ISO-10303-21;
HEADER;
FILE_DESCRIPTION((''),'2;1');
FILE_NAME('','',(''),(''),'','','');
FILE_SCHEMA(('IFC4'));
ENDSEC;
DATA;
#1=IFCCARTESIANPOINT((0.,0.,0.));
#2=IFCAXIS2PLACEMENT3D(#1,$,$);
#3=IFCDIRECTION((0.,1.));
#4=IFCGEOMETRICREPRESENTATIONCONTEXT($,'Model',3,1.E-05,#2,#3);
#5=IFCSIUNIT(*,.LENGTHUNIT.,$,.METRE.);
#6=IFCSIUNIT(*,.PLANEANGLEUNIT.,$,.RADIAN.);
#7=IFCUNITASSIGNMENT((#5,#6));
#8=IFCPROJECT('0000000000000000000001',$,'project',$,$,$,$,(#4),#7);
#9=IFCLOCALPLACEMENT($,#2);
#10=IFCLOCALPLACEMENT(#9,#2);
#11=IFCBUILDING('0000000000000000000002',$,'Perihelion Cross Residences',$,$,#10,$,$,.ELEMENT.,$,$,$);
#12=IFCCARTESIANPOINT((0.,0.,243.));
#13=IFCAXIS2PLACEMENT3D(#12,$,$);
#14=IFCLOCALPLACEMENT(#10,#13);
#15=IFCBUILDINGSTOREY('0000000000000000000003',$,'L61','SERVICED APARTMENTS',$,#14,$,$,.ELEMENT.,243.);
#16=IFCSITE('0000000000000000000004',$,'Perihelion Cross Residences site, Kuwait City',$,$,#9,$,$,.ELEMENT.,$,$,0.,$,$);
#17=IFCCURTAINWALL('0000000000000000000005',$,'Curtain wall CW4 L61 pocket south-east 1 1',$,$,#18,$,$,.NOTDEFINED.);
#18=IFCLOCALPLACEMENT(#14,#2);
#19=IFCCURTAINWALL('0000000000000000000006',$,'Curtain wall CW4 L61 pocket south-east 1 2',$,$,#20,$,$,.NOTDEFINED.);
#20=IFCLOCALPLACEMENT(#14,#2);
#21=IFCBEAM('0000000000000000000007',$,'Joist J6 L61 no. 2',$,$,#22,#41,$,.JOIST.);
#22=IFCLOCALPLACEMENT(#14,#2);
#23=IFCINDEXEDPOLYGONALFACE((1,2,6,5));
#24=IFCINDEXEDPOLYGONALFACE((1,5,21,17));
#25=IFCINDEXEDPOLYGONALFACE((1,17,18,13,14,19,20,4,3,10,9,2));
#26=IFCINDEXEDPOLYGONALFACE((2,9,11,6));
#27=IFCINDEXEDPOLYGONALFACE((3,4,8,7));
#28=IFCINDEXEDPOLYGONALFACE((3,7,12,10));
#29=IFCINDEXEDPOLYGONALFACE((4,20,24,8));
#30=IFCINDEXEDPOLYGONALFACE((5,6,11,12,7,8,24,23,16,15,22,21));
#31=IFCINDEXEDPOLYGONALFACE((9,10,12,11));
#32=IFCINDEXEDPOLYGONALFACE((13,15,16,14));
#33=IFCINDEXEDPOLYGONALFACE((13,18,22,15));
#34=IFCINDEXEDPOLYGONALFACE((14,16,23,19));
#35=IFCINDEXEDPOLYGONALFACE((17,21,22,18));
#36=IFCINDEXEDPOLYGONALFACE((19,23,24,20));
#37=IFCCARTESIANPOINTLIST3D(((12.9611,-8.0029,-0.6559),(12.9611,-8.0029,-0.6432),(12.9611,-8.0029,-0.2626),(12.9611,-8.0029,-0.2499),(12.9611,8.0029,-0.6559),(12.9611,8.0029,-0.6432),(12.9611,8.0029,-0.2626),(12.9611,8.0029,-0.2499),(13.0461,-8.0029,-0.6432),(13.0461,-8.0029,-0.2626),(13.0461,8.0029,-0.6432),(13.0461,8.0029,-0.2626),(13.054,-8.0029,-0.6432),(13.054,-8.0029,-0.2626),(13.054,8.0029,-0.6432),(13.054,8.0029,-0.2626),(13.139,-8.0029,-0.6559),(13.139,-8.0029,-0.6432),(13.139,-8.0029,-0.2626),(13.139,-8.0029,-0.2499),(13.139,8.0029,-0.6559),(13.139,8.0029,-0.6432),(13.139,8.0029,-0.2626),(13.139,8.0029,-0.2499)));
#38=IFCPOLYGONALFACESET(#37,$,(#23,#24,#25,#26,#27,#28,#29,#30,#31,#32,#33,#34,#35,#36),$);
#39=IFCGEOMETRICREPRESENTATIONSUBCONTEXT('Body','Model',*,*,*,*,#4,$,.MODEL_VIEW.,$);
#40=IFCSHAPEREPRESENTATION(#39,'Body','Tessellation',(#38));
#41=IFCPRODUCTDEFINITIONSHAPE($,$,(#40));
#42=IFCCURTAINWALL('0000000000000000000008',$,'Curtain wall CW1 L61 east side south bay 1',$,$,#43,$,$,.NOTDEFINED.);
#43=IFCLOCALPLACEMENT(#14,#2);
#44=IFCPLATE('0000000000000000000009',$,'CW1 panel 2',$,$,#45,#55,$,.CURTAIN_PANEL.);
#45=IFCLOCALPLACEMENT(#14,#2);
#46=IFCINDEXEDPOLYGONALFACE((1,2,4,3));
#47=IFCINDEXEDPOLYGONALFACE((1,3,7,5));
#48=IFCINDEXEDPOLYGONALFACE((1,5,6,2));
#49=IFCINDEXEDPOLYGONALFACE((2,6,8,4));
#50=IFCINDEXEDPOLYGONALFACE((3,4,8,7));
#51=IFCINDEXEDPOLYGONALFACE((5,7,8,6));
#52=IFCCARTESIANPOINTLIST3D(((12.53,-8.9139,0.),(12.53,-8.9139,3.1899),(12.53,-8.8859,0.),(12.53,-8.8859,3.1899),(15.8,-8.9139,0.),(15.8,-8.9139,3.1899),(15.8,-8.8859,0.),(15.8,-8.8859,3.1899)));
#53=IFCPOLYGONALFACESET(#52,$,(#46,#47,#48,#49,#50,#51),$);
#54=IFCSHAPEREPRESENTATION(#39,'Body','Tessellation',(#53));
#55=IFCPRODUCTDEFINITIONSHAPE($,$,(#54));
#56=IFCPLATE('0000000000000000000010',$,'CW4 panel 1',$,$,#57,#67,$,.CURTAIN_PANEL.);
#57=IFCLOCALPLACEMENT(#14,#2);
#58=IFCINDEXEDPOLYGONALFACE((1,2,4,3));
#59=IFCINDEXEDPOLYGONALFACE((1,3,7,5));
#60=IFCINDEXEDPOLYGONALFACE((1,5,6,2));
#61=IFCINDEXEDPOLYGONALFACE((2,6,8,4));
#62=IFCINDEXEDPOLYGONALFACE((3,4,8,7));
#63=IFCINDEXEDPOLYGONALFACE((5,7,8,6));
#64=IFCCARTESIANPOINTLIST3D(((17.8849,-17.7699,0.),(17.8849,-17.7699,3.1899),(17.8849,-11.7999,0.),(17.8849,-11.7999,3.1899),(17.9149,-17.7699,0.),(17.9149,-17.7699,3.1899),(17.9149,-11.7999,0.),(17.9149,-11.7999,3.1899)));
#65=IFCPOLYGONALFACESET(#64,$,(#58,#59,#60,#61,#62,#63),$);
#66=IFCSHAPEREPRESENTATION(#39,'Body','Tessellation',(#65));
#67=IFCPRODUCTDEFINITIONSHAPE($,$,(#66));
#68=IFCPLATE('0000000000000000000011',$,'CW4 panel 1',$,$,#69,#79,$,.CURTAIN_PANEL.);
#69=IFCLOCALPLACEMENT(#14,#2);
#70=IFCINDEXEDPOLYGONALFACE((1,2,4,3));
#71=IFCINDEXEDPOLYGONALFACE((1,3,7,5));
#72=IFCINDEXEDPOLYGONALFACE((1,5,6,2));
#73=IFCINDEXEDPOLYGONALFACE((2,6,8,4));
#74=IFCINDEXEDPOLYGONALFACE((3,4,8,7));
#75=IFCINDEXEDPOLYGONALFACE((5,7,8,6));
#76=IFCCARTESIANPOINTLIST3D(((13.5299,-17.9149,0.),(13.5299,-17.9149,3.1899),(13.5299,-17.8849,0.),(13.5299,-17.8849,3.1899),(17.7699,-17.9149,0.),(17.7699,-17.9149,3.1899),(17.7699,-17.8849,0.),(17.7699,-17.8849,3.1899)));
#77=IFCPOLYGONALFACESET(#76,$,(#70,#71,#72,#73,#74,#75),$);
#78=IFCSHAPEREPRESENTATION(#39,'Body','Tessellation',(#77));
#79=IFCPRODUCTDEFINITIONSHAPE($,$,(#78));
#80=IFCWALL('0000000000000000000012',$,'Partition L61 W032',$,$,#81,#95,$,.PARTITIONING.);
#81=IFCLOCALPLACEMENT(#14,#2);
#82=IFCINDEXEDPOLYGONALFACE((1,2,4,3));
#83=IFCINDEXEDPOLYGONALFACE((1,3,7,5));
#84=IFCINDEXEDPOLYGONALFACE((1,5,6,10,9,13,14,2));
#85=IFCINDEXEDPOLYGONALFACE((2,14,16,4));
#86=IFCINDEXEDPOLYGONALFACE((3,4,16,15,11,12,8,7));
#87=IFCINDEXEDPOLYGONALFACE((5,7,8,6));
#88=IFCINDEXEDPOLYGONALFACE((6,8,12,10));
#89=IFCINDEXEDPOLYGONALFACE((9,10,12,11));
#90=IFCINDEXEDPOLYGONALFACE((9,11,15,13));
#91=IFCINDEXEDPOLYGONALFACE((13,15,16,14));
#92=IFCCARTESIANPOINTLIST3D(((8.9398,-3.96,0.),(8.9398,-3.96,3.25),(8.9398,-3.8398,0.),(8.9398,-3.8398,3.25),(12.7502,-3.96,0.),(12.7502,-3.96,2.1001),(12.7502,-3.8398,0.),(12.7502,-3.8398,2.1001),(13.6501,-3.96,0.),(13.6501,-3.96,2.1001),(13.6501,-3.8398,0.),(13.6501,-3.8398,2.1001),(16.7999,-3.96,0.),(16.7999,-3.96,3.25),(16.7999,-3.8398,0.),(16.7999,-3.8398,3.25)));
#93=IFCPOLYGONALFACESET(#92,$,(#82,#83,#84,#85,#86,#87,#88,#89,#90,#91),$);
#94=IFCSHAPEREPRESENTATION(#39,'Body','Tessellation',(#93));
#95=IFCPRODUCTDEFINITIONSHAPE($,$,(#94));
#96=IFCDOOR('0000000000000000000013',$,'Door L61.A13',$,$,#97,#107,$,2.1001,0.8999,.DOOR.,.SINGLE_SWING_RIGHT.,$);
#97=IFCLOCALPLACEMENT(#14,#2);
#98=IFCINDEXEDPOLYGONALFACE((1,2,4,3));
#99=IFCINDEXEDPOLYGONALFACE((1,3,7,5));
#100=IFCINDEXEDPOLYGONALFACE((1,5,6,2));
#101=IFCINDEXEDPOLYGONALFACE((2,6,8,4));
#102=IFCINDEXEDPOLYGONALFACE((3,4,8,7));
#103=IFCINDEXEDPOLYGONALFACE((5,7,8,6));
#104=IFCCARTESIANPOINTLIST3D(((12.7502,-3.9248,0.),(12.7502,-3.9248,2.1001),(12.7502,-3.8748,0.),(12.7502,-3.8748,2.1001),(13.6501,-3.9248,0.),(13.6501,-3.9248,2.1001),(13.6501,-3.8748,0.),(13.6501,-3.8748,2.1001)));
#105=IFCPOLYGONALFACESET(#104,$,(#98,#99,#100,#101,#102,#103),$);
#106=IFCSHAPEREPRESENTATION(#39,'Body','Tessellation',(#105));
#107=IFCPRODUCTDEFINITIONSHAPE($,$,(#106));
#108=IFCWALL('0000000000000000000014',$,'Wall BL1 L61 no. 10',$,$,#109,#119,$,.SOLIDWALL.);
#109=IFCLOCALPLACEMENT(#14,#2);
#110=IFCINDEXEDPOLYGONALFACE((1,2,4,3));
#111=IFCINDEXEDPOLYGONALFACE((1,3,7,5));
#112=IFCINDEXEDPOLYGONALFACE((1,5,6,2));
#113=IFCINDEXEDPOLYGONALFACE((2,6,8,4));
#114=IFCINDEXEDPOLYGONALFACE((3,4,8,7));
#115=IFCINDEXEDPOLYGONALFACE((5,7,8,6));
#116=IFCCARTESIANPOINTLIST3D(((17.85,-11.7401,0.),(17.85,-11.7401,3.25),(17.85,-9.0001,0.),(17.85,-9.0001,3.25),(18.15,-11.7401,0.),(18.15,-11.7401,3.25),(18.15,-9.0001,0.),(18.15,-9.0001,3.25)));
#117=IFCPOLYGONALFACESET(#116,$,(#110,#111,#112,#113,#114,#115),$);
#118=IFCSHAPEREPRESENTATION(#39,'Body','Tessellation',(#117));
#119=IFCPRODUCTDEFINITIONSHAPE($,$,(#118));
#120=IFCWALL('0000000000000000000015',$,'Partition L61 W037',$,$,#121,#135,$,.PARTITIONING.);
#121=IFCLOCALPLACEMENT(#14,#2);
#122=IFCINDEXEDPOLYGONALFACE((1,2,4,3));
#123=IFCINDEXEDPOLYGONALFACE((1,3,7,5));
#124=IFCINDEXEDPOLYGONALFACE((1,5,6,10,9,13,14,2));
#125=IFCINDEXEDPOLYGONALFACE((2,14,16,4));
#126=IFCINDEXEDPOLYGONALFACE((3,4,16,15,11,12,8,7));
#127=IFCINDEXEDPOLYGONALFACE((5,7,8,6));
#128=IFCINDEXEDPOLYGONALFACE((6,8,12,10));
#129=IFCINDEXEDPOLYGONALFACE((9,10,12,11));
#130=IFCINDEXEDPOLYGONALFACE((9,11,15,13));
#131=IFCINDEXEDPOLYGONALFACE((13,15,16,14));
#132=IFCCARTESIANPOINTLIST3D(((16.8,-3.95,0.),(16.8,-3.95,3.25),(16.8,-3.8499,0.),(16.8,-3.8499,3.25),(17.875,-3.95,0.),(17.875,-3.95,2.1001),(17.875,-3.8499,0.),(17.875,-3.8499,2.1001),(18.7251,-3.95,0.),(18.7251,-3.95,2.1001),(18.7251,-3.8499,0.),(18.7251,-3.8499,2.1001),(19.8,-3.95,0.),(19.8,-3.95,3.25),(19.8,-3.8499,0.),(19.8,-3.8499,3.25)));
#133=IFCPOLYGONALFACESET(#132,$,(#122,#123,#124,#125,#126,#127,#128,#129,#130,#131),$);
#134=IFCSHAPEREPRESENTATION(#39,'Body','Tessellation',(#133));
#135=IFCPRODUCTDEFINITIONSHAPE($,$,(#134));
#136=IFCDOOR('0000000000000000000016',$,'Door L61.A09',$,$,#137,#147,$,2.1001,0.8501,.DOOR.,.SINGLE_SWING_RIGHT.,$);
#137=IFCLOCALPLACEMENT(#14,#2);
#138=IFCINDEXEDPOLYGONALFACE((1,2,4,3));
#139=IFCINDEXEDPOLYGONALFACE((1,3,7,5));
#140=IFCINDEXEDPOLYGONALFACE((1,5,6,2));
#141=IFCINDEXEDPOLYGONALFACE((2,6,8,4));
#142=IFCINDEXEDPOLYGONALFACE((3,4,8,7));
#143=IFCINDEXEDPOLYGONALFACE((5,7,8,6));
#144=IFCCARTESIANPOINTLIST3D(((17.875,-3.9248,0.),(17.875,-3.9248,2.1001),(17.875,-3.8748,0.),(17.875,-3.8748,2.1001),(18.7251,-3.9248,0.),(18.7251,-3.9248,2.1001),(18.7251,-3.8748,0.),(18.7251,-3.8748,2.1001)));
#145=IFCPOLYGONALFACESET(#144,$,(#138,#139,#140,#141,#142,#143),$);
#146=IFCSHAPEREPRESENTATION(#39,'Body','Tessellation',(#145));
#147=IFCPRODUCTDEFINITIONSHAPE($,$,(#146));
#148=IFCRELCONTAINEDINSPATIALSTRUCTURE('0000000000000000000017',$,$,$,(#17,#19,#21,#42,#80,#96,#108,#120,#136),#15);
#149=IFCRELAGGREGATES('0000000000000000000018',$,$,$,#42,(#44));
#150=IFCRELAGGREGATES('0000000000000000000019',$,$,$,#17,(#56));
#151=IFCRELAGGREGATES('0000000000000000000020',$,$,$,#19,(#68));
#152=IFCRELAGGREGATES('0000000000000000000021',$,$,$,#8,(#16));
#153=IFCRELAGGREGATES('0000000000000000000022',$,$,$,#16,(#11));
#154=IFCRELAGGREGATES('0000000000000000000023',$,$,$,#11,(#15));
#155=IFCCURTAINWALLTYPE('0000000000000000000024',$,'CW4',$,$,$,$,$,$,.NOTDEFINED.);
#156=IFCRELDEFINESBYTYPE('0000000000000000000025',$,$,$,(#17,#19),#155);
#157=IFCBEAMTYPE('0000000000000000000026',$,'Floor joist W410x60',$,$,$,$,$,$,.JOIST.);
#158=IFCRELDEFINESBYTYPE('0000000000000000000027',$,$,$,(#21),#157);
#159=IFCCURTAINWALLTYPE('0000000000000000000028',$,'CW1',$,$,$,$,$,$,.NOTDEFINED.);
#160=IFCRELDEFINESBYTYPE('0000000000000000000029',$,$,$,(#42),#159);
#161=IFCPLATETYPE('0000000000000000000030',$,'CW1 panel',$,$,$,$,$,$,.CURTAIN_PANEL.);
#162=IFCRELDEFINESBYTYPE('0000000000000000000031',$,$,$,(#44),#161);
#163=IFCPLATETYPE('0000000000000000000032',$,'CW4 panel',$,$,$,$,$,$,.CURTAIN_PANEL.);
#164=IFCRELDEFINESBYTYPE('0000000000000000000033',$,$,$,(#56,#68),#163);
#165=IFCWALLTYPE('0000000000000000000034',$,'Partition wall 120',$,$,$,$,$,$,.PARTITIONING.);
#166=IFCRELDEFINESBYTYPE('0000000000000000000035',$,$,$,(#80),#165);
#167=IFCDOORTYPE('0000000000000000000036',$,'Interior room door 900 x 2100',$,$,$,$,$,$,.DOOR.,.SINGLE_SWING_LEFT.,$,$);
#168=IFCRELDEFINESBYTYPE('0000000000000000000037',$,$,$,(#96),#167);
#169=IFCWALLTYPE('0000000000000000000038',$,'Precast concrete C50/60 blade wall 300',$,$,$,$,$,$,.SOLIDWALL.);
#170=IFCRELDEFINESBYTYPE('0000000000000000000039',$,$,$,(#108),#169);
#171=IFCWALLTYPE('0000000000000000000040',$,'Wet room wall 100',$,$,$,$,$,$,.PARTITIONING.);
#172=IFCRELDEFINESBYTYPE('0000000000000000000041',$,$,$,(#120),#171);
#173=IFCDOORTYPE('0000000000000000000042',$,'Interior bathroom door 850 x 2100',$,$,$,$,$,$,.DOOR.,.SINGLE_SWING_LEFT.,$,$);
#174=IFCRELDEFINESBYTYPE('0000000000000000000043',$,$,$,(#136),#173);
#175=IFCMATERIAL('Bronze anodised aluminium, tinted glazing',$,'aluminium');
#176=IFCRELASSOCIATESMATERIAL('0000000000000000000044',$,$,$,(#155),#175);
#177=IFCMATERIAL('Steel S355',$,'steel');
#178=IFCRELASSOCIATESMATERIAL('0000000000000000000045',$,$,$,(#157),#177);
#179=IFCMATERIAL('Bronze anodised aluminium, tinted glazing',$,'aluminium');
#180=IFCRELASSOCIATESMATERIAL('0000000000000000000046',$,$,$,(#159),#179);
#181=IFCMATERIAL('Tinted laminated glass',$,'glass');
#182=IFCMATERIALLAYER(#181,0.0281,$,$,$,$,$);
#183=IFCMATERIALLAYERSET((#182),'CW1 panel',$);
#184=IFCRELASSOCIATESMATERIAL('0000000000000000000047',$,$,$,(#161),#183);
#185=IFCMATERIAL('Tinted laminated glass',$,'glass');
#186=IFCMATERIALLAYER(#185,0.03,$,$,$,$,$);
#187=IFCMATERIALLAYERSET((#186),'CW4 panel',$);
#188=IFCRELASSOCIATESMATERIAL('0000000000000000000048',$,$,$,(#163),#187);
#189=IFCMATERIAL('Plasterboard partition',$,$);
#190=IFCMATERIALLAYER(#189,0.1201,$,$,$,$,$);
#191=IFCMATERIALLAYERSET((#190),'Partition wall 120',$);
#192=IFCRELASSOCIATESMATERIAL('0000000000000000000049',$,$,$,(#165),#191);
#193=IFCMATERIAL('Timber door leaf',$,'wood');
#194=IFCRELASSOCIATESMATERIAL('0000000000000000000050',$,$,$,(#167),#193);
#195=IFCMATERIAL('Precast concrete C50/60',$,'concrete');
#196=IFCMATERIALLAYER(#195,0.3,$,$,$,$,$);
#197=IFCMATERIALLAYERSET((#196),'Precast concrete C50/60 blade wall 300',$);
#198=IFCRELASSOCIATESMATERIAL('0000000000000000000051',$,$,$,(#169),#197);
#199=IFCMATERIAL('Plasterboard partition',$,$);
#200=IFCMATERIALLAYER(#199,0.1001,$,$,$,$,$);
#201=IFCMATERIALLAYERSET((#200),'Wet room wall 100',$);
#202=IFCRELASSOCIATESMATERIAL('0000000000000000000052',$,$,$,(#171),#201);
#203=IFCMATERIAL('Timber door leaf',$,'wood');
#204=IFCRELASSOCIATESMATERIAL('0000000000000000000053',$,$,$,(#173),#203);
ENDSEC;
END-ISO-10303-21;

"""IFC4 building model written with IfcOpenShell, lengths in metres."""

from ifc_helpers import new_model, si_unit, direction, frame, frame_2d, origin, origin_2d, place, context, subcontext, project, spatial, rectangle, i_section, extrude, material, layer, layer_set, material_profile, profile_set, type_object, element, fill, aggregate, save


model = new_model("IFC4")

# Units and contexts
model_context = context("Model", 3, precision=1e-05, world=origin(), true_north=direction((0.0, 1.0)))
body_context = subcontext(model_context, "Body", "Model", "MODEL_VIEW")
ifc_project = project(units=[si_unit("LENGTHUNIT", "METRE"), si_unit("PLANEANGLEUNIT", "RADIAN")], contexts=[model_context])

# Site, building, storey
site_placement = place(None, origin())
site = spatial("IfcSite", under=ifc_project, at=site_placement, Name="Perihelion Cross Residences site, Kuwait City", CompositionType="ELEMENT", RefElevation=0.0)
building_placement = place(site_placement, origin())
building = spatial("IfcBuilding", under=site, at=building_placement, Name="Perihelion Cross Residences", CompositionType="ELEMENT")
storey_placement = place(building_placement, frame((0.0, 0.0, 243.0)))
storey = spatial("IfcBuildingStorey", under=building, at=storey_placement, Name="L61", Description="SERVICED APARTMENTS", CompositionType="ELEMENT", Elevation=243.0)

# Curtain walls
ifc_material_1 = material(Name="Bronze anodised aluminium, tinted glazing", Category="aluminium")
curtain_wall_type_1 = type_object("IfcCurtainWallType", Name="CW4", PredefinedType="NOTDEFINED", material=ifc_material_1)
curtain_wall_1_placement = place(storey_placement, origin())
curtain_wall_1 = element("IfcCurtainWall", 1, at=curtain_wall_1_placement, inside=storey, type_object=curtain_wall_type_1, Name="Curtain wall CW4 L61 pocket south-east 1 1", PredefinedType="NOTDEFINED")
curtain_wall_2_placement = place(storey_placement, origin())
curtain_wall_2 = element("IfcCurtainWall", 2, at=curtain_wall_2_placement, inside=storey, type_object=curtain_wall_type_1, Name="Curtain wall CW4 L61 pocket south-east 1 2", PredefinedType="NOTDEFINED")

# Beam
ifc_material_2 = material(Name="Steel S355", Category="steel")
ifc_material_profile_1 = material_profile(ifc_material_2, i_section(OverallWidth=0.178, OverallDepth=0.406, WebThickness=0.0078, FlangeThickness=0.0127, at=origin_2d()), Name="W410x60")
ifc_profile_set_1 = profile_set([ifc_material_profile_1], Name="Steel S355")
beam_type_1 = type_object("IfcBeamType", Name="Floor joist W410x60", PredefinedType="JOIST", material=ifc_profile_set_1)
beam_1_placement = place(storey_placement, frame((13.05, -8.0029, -0.4529), z_axis=(0.0, 1.0, 0.0), x_axis=(-1.0, 0.0, 0.0)))
element("IfcBeam", 3, at=beam_1_placement, inside=storey, type_object=beam_type_1, Name="Joist J6 L61 no. 2", PredefinedType="JOIST", context=body_context, shape_type="SweptSolid", body=[
    extrude(i_section(OverallWidth=0.178, OverallDepth=0.406, WebThickness=0.0078, FlangeThickness=0.0127, at=origin_2d()), origin(), (0.0, 0.0, 1.0), 16.0059),
])

# Curtain wall, plate
ifc_material_3 = material(Name="Bronze anodised aluminium, tinted glazing", Category="aluminium")
curtain_wall_type_2 = type_object("IfcCurtainWallType", Name="CW1", PredefinedType="NOTDEFINED", material=ifc_material_3)
curtain_wall_3_placement = place(storey_placement, origin())
curtain_wall_3 = element("IfcCurtainWall", 4, at=curtain_wall_3_placement, inside=storey, type_object=curtain_wall_type_2, Name="Curtain wall CW1 L61 east side south bay 1", PredefinedType="NOTDEFINED")
ifc_material_4 = material(Name="Tinted laminated glass", Category="glass")
ifc_layer_1 = layer(ifc_material_4, 0.0281)
ifc_layer_set_1 = layer_set([ifc_layer_1], Name="CW1 panel")
plate_type_1 = type_object("IfcPlateType", Name="CW1 panel", PredefinedType="CURTAIN_PANEL", material=ifc_layer_set_1)
plate_1_placement = place(storey_placement, frame((14.165, -8.8999, 0.0), z_axis=(0.0, 0.0, 1.0), x_axis=(1.0, 0.0, 0.0)))
plate_1 = element("IfcPlate", 5, at=plate_1_placement, type_object=plate_type_1, Name="CW1 panel 2", PredefinedType="CURTAIN_PANEL", context=body_context, shape_type="SweptSolid", body=[
    extrude(rectangle(XDim=3.27, YDim=0.0281, at=origin_2d()), origin(), (0.0, 0.0, 1.0), 3.1899),
])
aggregate(curtain_wall_3, [plate_1])

# Plates
ifc_material_5 = material(Name="Tinted laminated glass", Category="glass")
ifc_layer_2 = layer(ifc_material_5, 0.03)
ifc_layer_set_2 = layer_set([ifc_layer_2], Name="CW4 panel")
plate_type_2 = type_object("IfcPlateType", Name="CW4 panel", PredefinedType="CURTAIN_PANEL", material=ifc_layer_set_2)
plate_2_placement = place(storey_placement, frame((17.8999, -14.7849, 0.0), z_axis=(0.0, 0.0, 1.0), x_axis=(0.0, -1.0, 0.0)))
plate_2 = element("IfcPlate", 6, at=plate_2_placement, type_object=plate_type_2, Name="CW4 panel 1", PredefinedType="CURTAIN_PANEL", context=body_context, shape_type="SweptSolid", body=[
    extrude(rectangle(XDim=5.97, YDim=0.03, at=origin_2d()), origin(), (0.0, 0.0, 1.0), 3.1899),
])
aggregate(curtain_wall_1, [plate_2])
plate_3_placement = place(storey_placement, frame((15.6499, -17.8999, 0.0), z_axis=(0.0, 0.0, 1.0), x_axis=(-1.0, 0.0, 0.0)))
plate_3 = element("IfcPlate", 7, at=plate_3_placement, type_object=plate_type_2, Name="CW4 panel 1", PredefinedType="CURTAIN_PANEL", context=body_context, shape_type="SweptSolid", body=[
    extrude(rectangle(XDim=4.24, YDim=0.03, at=origin_2d()), origin(), (0.0, 0.0, 1.0), 3.1899),
])
aggregate(curtain_wall_2, [plate_3])

# Wall, opening, door
ifc_material_6 = material(Name="Plasterboard partition")
ifc_layer_3 = layer(ifc_material_6, 0.1201)
ifc_layer_set_3 = layer_set([ifc_layer_3], Name="Partition wall 120")
wall_type_1 = type_object("IfcWallType", Name="Partition wall 120", PredefinedType="PARTITIONING", material=ifc_layer_set_3)
wall_1_placement = place(storey_placement, frame((16.8, -3.8999, 0.0), z_axis=(0.0, 0.0, 1.0), x_axis=(-1.0, 0.0, 0.0)))
wall_1 = element("IfcWall", 8, at=wall_1_placement, inside=storey, type_object=wall_type_1, Name="Partition L61 W032", PredefinedType="PARTITIONING", context=body_context, shape_type="SweptSolid", body=[
    extrude(rectangle(XDim=7.8601, YDim=0.1201, at=frame_2d((3.9302, 0.0))), origin(), (0.0, 0.0, 1.0), 3.25),
])
opening_1_placement = place(wall_1_placement, frame((3.1499, 0.0, 0.0)))
opening_1 = element("IfcOpeningElement", 9, at=opening_1_placement, cuts=wall_1, PredefinedType="OPENING", context=body_context, shape_type="SweptSolid", body=[
    extrude(rectangle(XDim=0.8999, YDim=2.1001, at=frame_2d((0.45, 1.05))), frame((0.0, 0.0701, 0.0), z_axis=(0.0, -1.0, 0.0), x_axis=(1.0, 0.0, 0.0)), (0.0, 0.0, 1.0), 0.1401),
])
ifc_material_7 = material(Name="Timber door leaf", Category="wood")
door_type_1 = type_object("IfcDoorType", Name="Interior room door 900 x 2100", OperationType="SINGLE_SWING_LEFT", PredefinedType="DOOR", material=ifc_material_7)
door_1_placement = place(opening_1_placement, origin())
door_1 = element("IfcDoor", 10, at=door_1_placement, inside=storey, type_object=door_type_1, Name="Door L61.A13", OperationType="SINGLE_SWING_RIGHT", OverallHeight=2.1001, OverallWidth=0.8999, PredefinedType="DOOR", context=body_context, shape_type="SweptSolid", body=[
    extrude(rectangle(XDim=0.8999, YDim=2.1001, at=frame_2d((0.45, 1.05))), frame((0.0, 0.0249, 0.0), z_axis=(0.0, -1.0, 0.0), x_axis=(1.0, 0.0, 0.0)), (0.0, 0.0, 1.0), 0.05),
])
fill(opening_1, door_1)

# Wall
ifc_material_8 = material(Name="Precast concrete C50/60", Category="concrete")
ifc_layer_4 = layer(ifc_material_8, 0.3)
ifc_layer_set_4 = layer_set([ifc_layer_4], Name="Precast concrete C50/60 blade wall 300")
wall_type_2 = type_object("IfcWallType", Name="Precast concrete C50/60 blade wall 300", PredefinedType="SOLIDWALL", material=ifc_layer_set_4)
wall_2_placement = place(storey_placement, frame((18.0, -9.0, 0.0), z_axis=(0.0, 0.0, 1.0), x_axis=(0.0, -1.0, 0.0)))
element("IfcWall", 11, at=wall_2_placement, inside=storey, type_object=wall_type_2, Name="Wall BL1 L61 no. 10", PredefinedType="SOLIDWALL", context=body_context, shape_type="SweptSolid", body=[
    extrude(rectangle(XDim=2.74, YDim=0.3, at=frame_2d((1.3701, 0.0))), origin(), (0.0, 0.0, 1.0), 3.25),
])

# Wall, opening, door
ifc_material_9 = material(Name="Plasterboard partition")
ifc_layer_5 = layer(ifc_material_9, 0.1001)
ifc_layer_set_5 = layer_set([ifc_layer_5], Name="Wet room wall 100")
wall_type_3 = type_object("IfcWallType", Name="Wet room wall 100", PredefinedType="PARTITIONING", material=ifc_layer_set_5)
wall_3_placement = place(storey_placement, frame((19.8, -3.8999, 0.0), z_axis=(0.0, 0.0, 1.0), x_axis=(-1.0, 0.0, 0.0)))
wall_3 = element("IfcWall", 12, at=wall_3_placement, inside=storey, type_object=wall_type_3, Name="Partition L61 W037", PredefinedType="PARTITIONING", context=body_context, shape_type="SweptSolid", body=[
    extrude(rectangle(XDim=3.0, YDim=0.1001, at=frame_2d((1.5, 0.0))), origin(), (0.0, 0.0, 1.0), 3.25),
])
opening_2_placement = place(wall_3_placement, frame((1.075, 0.0, 0.0)))
opening_2 = element("IfcOpeningElement", 13, at=opening_2_placement, cuts=wall_3, PredefinedType="OPENING", context=body_context, shape_type="SweptSolid", body=[
    extrude(rectangle(XDim=0.8501, YDim=2.1001, at=frame_2d((0.425, 1.05))), frame((0.0, 0.0601, 0.0), z_axis=(0.0, -1.0, 0.0), x_axis=(1.0, 0.0, 0.0)), (0.0, 0.0, 1.0), 0.1201),
])
ifc_material_10 = material(Name="Timber door leaf", Category="wood")
door_type_2 = type_object("IfcDoorType", Name="Interior bathroom door 850 x 2100", OperationType="SINGLE_SWING_LEFT", PredefinedType="DOOR", material=ifc_material_10)
door_2_placement = place(opening_2_placement, origin())
door_2 = element("IfcDoor", 14, at=door_2_placement, inside=storey, type_object=door_type_2, Name="Door L61.A09", OperationType="SINGLE_SWING_RIGHT", OverallHeight=2.1001, OverallWidth=0.8501, PredefinedType="DOOR", context=body_context, shape_type="SweptSolid", body=[
    extrude(rectangle(XDim=0.8501, YDim=2.1001, at=frame_2d((0.425, 1.05))), frame((0.0, 0.0249, 0.0), z_axis=(0.0, -1.0, 0.0), x_axis=(1.0, 0.0, 0.0)), (0.0, 0.0, 1.0), 0.05),
])
fill(opening_2, door_2)

save(model, "model.ifc")
